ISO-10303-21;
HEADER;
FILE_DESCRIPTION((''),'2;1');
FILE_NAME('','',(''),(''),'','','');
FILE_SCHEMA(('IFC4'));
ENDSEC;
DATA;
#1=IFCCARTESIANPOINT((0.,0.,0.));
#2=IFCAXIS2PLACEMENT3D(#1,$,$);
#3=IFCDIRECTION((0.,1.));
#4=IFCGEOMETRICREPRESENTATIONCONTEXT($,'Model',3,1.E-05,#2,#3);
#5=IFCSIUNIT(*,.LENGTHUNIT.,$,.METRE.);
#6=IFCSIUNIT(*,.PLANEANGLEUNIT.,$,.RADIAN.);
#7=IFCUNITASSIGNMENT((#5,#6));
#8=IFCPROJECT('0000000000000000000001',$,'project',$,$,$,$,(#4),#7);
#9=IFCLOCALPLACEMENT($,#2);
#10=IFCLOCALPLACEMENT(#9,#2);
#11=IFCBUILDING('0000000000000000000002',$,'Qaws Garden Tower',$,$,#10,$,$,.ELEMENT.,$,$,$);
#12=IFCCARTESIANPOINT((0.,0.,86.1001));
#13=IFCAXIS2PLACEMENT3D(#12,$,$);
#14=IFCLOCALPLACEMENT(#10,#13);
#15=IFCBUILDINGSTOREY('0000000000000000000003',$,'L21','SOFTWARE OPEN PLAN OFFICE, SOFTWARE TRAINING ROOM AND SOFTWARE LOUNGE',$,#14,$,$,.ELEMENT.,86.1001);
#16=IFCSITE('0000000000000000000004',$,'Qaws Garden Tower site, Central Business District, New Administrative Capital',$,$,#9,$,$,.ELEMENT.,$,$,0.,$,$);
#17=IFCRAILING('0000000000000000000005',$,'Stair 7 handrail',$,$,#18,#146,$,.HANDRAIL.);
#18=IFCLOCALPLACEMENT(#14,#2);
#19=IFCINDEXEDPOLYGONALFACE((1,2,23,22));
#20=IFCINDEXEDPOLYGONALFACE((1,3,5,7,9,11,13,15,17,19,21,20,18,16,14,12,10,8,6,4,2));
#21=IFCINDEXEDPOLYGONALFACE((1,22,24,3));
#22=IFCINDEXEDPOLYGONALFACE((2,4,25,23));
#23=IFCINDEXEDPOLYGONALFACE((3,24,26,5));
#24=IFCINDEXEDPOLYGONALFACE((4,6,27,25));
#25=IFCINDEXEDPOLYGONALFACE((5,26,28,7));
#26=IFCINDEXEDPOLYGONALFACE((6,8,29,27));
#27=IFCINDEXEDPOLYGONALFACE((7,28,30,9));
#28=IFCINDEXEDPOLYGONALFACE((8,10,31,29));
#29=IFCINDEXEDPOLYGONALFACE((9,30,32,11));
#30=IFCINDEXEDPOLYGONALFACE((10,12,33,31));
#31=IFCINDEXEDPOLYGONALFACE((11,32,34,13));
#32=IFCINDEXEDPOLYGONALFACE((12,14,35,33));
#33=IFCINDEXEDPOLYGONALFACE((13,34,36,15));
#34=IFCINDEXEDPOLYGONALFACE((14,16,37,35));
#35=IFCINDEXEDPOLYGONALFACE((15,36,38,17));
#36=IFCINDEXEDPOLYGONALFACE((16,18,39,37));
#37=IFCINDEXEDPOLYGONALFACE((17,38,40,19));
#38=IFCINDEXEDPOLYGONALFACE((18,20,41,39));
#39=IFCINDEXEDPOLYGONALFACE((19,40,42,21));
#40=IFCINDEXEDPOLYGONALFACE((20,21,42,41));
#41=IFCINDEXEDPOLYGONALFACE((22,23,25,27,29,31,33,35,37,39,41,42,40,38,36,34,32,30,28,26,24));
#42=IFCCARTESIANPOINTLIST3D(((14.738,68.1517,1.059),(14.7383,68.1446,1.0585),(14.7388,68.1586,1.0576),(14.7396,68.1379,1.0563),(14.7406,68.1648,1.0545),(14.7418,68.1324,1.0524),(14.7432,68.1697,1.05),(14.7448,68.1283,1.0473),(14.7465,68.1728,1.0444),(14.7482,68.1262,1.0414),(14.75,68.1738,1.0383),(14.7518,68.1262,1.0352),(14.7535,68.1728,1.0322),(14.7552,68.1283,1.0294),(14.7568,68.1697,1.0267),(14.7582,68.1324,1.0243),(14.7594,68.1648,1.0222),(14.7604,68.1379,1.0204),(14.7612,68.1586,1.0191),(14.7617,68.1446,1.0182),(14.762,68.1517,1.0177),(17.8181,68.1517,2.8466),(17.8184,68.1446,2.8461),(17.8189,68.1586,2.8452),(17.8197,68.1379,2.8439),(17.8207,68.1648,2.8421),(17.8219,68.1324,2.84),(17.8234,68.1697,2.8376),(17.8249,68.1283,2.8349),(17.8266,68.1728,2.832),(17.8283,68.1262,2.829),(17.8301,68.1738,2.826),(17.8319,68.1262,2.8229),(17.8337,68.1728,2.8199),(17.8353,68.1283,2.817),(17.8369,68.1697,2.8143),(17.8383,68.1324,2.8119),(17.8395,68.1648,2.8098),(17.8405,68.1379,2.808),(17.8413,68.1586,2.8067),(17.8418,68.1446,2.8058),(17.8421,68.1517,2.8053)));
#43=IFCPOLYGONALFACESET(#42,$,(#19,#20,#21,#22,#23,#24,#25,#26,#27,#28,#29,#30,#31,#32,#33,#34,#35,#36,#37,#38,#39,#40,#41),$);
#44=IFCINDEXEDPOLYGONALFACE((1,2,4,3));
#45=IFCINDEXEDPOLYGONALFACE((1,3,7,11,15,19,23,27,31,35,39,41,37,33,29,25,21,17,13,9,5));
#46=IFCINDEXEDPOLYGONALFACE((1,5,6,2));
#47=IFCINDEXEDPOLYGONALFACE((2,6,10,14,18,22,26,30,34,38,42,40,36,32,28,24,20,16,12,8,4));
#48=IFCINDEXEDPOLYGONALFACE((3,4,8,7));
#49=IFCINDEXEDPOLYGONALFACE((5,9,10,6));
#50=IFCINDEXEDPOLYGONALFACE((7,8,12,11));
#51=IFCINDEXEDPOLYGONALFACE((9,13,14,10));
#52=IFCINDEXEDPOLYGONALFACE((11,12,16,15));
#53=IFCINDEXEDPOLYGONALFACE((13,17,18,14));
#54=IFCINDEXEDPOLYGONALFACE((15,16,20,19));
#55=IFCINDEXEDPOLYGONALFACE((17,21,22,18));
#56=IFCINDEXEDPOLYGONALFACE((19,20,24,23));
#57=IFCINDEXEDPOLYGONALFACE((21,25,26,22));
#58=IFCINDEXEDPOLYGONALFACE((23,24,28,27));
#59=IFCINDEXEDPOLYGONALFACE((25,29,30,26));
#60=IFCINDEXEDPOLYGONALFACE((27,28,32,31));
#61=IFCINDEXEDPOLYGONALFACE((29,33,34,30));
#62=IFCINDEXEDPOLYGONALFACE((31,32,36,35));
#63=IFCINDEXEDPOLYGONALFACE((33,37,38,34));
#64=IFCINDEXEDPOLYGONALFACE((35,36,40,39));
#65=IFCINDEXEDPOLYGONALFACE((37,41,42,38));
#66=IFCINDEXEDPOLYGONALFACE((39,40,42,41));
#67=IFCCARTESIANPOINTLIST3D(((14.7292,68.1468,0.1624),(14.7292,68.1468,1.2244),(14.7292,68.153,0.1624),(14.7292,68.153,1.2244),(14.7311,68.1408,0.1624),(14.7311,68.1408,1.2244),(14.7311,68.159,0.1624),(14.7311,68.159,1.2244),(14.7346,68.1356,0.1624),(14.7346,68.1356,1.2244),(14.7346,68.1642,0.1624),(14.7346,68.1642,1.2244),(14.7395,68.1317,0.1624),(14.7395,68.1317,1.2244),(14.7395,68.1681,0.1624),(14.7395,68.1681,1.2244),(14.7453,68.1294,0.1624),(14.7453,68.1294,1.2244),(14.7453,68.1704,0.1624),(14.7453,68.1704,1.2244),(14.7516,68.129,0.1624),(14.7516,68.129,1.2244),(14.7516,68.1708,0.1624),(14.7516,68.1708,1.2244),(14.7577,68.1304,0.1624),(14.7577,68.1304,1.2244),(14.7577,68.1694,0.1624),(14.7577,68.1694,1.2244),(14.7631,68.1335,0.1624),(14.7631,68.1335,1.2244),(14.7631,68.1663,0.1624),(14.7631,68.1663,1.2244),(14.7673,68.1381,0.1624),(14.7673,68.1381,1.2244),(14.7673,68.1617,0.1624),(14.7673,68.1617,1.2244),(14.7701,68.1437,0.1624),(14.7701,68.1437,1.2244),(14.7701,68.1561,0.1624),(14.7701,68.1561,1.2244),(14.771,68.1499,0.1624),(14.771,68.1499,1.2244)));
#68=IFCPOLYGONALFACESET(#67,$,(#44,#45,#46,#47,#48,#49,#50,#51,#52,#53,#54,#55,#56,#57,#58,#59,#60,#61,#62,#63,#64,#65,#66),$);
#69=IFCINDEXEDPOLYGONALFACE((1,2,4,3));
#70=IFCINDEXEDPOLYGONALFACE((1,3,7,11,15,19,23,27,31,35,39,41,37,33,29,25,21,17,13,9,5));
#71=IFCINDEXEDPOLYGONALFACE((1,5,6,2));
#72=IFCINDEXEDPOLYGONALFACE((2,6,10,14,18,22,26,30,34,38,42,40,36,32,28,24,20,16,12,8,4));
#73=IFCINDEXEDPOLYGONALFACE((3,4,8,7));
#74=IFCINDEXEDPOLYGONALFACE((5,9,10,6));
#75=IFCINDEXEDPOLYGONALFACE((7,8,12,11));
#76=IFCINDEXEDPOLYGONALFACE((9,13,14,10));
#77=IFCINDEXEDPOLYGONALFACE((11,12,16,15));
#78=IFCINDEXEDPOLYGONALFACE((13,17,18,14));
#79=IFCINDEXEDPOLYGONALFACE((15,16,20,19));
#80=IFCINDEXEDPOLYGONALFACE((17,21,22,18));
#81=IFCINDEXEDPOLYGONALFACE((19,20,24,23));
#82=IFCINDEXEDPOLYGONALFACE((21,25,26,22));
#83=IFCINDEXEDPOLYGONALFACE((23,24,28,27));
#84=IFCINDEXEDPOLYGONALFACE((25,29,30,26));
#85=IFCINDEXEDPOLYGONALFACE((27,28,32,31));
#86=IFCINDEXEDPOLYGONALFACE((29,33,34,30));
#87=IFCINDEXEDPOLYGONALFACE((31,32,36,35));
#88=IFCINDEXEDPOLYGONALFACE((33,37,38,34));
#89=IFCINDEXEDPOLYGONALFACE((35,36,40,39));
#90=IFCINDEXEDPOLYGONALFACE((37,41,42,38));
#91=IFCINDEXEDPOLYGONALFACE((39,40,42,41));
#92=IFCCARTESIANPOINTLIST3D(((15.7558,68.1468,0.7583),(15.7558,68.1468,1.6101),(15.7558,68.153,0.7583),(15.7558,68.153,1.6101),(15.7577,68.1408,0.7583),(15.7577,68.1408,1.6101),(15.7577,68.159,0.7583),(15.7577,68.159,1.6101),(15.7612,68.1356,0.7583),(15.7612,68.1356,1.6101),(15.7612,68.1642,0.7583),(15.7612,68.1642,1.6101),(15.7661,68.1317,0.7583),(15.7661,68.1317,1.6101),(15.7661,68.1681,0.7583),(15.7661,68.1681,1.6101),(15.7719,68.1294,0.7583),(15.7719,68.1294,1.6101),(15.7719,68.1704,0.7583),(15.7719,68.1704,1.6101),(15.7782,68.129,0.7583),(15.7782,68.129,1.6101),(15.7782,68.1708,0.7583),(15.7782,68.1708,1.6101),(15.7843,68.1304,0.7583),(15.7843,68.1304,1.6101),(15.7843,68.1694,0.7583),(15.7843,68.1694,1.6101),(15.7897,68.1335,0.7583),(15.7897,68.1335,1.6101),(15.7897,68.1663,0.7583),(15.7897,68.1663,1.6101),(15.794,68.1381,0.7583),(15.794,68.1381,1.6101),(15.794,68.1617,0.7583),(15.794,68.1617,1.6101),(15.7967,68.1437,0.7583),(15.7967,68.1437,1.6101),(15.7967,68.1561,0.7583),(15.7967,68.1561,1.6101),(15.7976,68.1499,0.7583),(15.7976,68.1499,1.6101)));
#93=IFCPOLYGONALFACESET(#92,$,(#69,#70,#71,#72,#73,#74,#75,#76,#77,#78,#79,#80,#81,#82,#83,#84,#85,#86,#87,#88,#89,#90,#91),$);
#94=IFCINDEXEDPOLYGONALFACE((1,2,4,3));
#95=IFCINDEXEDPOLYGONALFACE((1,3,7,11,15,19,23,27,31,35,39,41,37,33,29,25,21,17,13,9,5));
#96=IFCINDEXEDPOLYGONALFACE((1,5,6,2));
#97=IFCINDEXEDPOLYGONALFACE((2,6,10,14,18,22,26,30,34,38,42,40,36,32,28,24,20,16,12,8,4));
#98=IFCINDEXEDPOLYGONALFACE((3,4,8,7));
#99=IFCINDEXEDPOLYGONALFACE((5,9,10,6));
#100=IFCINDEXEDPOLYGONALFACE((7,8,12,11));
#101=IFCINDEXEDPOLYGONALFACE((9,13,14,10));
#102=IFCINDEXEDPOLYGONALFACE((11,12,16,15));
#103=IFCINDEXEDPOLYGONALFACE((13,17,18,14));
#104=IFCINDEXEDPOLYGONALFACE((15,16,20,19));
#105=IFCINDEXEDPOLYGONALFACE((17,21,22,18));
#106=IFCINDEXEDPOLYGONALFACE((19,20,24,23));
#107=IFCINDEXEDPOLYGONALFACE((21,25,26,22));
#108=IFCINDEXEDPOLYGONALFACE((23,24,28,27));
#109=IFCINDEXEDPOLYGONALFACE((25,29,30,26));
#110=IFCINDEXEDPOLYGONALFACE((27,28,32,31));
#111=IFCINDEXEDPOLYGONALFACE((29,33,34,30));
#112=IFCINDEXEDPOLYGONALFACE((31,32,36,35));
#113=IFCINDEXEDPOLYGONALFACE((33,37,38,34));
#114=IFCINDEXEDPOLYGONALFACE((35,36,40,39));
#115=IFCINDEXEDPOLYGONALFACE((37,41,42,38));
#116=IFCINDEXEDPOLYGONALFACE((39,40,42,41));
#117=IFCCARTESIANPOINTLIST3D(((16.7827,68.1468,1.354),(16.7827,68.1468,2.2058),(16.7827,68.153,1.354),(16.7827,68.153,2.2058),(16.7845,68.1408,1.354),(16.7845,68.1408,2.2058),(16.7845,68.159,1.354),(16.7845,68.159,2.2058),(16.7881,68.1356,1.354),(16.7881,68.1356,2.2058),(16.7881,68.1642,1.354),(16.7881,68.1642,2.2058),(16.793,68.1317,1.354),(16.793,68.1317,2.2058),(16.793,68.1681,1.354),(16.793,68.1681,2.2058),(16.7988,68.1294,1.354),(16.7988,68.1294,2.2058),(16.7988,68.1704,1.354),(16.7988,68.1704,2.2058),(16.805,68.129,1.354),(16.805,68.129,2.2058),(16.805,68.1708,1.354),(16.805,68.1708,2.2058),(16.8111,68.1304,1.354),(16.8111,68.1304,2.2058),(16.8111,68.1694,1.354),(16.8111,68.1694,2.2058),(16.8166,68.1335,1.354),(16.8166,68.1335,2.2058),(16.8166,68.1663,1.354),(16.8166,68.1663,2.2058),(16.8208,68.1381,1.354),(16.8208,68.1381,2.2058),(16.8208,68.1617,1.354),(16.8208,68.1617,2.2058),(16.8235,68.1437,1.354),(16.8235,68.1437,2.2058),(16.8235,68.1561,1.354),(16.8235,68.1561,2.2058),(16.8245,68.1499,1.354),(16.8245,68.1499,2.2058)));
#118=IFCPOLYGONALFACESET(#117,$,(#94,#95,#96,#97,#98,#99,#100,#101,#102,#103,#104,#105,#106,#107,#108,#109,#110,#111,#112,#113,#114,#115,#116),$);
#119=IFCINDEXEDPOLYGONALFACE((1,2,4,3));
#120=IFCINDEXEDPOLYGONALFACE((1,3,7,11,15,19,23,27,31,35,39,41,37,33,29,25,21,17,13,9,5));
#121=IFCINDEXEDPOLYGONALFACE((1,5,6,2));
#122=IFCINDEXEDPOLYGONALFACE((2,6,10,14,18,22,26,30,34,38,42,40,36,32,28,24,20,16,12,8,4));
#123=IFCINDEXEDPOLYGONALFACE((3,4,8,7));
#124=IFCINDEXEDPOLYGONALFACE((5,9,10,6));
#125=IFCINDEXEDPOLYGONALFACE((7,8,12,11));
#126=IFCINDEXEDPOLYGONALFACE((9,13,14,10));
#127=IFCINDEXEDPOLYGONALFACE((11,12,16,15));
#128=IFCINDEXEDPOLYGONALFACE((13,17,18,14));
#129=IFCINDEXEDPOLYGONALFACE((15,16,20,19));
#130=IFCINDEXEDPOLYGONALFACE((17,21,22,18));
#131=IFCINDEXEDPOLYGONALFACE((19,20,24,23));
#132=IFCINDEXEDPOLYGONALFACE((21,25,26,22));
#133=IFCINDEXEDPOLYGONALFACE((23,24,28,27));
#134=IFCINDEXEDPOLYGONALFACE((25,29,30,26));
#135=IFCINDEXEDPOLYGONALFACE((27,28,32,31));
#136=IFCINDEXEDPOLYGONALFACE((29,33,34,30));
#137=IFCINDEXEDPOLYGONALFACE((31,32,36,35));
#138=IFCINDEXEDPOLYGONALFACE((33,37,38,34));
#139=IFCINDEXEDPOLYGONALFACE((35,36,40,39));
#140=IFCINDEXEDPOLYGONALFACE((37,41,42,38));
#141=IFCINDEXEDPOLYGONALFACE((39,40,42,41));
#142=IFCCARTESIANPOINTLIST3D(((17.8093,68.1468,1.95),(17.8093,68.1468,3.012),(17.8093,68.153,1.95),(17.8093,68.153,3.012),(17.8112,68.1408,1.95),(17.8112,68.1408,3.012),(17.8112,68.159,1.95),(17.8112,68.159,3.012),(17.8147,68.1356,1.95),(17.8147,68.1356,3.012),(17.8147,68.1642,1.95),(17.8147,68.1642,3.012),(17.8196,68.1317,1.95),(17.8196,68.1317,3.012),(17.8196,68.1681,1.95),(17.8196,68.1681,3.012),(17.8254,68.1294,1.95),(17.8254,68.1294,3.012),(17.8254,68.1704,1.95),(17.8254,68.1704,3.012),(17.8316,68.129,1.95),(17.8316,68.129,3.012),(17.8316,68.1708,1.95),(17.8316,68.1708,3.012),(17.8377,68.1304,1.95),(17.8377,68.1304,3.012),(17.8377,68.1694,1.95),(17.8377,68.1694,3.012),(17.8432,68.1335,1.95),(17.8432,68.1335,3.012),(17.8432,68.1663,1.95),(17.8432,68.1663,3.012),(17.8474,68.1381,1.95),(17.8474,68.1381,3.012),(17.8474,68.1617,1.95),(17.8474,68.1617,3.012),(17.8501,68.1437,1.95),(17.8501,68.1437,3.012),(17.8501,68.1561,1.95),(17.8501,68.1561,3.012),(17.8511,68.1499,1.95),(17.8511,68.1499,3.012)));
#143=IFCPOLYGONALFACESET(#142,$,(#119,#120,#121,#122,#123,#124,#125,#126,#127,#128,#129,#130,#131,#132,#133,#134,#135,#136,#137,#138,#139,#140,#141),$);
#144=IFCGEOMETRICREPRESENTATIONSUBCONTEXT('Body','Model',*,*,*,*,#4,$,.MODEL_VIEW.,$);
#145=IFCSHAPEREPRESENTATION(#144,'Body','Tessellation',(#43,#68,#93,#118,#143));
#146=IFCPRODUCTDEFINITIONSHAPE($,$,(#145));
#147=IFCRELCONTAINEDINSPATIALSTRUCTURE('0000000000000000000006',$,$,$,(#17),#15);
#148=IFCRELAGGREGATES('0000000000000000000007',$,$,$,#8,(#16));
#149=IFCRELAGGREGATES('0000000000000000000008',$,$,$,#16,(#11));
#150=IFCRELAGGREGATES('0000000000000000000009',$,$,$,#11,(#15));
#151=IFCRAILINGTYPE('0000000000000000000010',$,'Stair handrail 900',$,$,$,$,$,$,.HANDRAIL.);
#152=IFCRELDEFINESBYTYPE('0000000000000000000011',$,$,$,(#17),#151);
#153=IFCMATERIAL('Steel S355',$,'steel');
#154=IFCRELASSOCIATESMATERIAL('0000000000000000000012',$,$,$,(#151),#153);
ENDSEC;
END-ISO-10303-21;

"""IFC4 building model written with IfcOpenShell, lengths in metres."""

from ifc_helpers import new_model, si_unit, direction, frame, origin, origin_2d, place, context, subcontext, project, spatial, circle, extrude, material, type_object, element, save


model = new_model("IFC4")

# Units and contexts
model_context = context("Model", 3, precision=1e-05, world=origin(), true_north=direction((0.0, 1.0)))
body_context = subcontext(model_context, "Body", "Model", "MODEL_VIEW")
ifc_project = project(units=[si_unit("LENGTHUNIT", "METRE"), si_unit("PLANEANGLEUNIT", "RADIAN")], contexts=[model_context])

# Site, building, storey
site_placement = place(None, origin())
site = spatial("IfcSite", under=ifc_project, at=site_placement, Name="Qaws Garden Tower site, Central Business District, New Administrative Capital", CompositionType="ELEMENT", RefElevation=0.0)
building_placement = place(site_placement, origin())
building = spatial("IfcBuilding", under=site, at=building_placement, Name="Qaws Garden Tower", CompositionType="ELEMENT")
storey_placement = place(building_placement, frame((0.0, 0.0, 86.1001)))
storey = spatial("IfcBuildingStorey", under=building, at=storey_placement, Name="L21", Description="SOFTWARE OPEN PLAN OFFICE, SOFTWARE TRAINING ROOM AND SOFTWARE LOUNGE", CompositionType="ELEMENT", Elevation=86.1001)

# Railing
ifc_material_1 = material(Name="Steel S355", Category="steel")
railing_type = type_object("IfcRailingType", Name="Stair handrail 900", PredefinedType="HANDRAIL", material=ifc_material_1)
railing_1_placement = place(storey_placement, frame((14.75, 68.1499, 0.1624)))
element("IfcRailing", 1, at=railing_1_placement, inside=storey, type_object=railing_type, Name="Stair 7 handrail", PredefinedType="HANDRAIL", context=body_context, shape_type="SweptSolid", body=[
    extrude(circle(Radius=0.0239, at=origin_2d()), frame((0.0, 0.0, 0.876), z_axis=(0.864891, 0.0, 0.50196), x_axis=(0.0, 1.0, 0.0)), (0.0, 0.0, 1.0), 3.5613),
    extrude(circle(Radius=0.021, at=origin_2d()), origin(), (0.0, 0.0, 1.0), 1.062),
    extrude(circle(Radius=0.021, at=origin_2d()), frame((1.0266, 0.0, 0.5959)), (0.0, 0.0, 1.0), 0.8518),
    extrude(circle(Radius=0.021, at=origin_2d()), frame((2.0535, 0.0, 1.1917)), (0.0, 0.0, 1.0), 0.8518),
    extrude(circle(Radius=0.021, at=origin_2d()), frame((3.0801, 0.0, 1.7876)), (0.0, 0.0, 1.0), 1.062),
])

save(model, "model.ifc")
